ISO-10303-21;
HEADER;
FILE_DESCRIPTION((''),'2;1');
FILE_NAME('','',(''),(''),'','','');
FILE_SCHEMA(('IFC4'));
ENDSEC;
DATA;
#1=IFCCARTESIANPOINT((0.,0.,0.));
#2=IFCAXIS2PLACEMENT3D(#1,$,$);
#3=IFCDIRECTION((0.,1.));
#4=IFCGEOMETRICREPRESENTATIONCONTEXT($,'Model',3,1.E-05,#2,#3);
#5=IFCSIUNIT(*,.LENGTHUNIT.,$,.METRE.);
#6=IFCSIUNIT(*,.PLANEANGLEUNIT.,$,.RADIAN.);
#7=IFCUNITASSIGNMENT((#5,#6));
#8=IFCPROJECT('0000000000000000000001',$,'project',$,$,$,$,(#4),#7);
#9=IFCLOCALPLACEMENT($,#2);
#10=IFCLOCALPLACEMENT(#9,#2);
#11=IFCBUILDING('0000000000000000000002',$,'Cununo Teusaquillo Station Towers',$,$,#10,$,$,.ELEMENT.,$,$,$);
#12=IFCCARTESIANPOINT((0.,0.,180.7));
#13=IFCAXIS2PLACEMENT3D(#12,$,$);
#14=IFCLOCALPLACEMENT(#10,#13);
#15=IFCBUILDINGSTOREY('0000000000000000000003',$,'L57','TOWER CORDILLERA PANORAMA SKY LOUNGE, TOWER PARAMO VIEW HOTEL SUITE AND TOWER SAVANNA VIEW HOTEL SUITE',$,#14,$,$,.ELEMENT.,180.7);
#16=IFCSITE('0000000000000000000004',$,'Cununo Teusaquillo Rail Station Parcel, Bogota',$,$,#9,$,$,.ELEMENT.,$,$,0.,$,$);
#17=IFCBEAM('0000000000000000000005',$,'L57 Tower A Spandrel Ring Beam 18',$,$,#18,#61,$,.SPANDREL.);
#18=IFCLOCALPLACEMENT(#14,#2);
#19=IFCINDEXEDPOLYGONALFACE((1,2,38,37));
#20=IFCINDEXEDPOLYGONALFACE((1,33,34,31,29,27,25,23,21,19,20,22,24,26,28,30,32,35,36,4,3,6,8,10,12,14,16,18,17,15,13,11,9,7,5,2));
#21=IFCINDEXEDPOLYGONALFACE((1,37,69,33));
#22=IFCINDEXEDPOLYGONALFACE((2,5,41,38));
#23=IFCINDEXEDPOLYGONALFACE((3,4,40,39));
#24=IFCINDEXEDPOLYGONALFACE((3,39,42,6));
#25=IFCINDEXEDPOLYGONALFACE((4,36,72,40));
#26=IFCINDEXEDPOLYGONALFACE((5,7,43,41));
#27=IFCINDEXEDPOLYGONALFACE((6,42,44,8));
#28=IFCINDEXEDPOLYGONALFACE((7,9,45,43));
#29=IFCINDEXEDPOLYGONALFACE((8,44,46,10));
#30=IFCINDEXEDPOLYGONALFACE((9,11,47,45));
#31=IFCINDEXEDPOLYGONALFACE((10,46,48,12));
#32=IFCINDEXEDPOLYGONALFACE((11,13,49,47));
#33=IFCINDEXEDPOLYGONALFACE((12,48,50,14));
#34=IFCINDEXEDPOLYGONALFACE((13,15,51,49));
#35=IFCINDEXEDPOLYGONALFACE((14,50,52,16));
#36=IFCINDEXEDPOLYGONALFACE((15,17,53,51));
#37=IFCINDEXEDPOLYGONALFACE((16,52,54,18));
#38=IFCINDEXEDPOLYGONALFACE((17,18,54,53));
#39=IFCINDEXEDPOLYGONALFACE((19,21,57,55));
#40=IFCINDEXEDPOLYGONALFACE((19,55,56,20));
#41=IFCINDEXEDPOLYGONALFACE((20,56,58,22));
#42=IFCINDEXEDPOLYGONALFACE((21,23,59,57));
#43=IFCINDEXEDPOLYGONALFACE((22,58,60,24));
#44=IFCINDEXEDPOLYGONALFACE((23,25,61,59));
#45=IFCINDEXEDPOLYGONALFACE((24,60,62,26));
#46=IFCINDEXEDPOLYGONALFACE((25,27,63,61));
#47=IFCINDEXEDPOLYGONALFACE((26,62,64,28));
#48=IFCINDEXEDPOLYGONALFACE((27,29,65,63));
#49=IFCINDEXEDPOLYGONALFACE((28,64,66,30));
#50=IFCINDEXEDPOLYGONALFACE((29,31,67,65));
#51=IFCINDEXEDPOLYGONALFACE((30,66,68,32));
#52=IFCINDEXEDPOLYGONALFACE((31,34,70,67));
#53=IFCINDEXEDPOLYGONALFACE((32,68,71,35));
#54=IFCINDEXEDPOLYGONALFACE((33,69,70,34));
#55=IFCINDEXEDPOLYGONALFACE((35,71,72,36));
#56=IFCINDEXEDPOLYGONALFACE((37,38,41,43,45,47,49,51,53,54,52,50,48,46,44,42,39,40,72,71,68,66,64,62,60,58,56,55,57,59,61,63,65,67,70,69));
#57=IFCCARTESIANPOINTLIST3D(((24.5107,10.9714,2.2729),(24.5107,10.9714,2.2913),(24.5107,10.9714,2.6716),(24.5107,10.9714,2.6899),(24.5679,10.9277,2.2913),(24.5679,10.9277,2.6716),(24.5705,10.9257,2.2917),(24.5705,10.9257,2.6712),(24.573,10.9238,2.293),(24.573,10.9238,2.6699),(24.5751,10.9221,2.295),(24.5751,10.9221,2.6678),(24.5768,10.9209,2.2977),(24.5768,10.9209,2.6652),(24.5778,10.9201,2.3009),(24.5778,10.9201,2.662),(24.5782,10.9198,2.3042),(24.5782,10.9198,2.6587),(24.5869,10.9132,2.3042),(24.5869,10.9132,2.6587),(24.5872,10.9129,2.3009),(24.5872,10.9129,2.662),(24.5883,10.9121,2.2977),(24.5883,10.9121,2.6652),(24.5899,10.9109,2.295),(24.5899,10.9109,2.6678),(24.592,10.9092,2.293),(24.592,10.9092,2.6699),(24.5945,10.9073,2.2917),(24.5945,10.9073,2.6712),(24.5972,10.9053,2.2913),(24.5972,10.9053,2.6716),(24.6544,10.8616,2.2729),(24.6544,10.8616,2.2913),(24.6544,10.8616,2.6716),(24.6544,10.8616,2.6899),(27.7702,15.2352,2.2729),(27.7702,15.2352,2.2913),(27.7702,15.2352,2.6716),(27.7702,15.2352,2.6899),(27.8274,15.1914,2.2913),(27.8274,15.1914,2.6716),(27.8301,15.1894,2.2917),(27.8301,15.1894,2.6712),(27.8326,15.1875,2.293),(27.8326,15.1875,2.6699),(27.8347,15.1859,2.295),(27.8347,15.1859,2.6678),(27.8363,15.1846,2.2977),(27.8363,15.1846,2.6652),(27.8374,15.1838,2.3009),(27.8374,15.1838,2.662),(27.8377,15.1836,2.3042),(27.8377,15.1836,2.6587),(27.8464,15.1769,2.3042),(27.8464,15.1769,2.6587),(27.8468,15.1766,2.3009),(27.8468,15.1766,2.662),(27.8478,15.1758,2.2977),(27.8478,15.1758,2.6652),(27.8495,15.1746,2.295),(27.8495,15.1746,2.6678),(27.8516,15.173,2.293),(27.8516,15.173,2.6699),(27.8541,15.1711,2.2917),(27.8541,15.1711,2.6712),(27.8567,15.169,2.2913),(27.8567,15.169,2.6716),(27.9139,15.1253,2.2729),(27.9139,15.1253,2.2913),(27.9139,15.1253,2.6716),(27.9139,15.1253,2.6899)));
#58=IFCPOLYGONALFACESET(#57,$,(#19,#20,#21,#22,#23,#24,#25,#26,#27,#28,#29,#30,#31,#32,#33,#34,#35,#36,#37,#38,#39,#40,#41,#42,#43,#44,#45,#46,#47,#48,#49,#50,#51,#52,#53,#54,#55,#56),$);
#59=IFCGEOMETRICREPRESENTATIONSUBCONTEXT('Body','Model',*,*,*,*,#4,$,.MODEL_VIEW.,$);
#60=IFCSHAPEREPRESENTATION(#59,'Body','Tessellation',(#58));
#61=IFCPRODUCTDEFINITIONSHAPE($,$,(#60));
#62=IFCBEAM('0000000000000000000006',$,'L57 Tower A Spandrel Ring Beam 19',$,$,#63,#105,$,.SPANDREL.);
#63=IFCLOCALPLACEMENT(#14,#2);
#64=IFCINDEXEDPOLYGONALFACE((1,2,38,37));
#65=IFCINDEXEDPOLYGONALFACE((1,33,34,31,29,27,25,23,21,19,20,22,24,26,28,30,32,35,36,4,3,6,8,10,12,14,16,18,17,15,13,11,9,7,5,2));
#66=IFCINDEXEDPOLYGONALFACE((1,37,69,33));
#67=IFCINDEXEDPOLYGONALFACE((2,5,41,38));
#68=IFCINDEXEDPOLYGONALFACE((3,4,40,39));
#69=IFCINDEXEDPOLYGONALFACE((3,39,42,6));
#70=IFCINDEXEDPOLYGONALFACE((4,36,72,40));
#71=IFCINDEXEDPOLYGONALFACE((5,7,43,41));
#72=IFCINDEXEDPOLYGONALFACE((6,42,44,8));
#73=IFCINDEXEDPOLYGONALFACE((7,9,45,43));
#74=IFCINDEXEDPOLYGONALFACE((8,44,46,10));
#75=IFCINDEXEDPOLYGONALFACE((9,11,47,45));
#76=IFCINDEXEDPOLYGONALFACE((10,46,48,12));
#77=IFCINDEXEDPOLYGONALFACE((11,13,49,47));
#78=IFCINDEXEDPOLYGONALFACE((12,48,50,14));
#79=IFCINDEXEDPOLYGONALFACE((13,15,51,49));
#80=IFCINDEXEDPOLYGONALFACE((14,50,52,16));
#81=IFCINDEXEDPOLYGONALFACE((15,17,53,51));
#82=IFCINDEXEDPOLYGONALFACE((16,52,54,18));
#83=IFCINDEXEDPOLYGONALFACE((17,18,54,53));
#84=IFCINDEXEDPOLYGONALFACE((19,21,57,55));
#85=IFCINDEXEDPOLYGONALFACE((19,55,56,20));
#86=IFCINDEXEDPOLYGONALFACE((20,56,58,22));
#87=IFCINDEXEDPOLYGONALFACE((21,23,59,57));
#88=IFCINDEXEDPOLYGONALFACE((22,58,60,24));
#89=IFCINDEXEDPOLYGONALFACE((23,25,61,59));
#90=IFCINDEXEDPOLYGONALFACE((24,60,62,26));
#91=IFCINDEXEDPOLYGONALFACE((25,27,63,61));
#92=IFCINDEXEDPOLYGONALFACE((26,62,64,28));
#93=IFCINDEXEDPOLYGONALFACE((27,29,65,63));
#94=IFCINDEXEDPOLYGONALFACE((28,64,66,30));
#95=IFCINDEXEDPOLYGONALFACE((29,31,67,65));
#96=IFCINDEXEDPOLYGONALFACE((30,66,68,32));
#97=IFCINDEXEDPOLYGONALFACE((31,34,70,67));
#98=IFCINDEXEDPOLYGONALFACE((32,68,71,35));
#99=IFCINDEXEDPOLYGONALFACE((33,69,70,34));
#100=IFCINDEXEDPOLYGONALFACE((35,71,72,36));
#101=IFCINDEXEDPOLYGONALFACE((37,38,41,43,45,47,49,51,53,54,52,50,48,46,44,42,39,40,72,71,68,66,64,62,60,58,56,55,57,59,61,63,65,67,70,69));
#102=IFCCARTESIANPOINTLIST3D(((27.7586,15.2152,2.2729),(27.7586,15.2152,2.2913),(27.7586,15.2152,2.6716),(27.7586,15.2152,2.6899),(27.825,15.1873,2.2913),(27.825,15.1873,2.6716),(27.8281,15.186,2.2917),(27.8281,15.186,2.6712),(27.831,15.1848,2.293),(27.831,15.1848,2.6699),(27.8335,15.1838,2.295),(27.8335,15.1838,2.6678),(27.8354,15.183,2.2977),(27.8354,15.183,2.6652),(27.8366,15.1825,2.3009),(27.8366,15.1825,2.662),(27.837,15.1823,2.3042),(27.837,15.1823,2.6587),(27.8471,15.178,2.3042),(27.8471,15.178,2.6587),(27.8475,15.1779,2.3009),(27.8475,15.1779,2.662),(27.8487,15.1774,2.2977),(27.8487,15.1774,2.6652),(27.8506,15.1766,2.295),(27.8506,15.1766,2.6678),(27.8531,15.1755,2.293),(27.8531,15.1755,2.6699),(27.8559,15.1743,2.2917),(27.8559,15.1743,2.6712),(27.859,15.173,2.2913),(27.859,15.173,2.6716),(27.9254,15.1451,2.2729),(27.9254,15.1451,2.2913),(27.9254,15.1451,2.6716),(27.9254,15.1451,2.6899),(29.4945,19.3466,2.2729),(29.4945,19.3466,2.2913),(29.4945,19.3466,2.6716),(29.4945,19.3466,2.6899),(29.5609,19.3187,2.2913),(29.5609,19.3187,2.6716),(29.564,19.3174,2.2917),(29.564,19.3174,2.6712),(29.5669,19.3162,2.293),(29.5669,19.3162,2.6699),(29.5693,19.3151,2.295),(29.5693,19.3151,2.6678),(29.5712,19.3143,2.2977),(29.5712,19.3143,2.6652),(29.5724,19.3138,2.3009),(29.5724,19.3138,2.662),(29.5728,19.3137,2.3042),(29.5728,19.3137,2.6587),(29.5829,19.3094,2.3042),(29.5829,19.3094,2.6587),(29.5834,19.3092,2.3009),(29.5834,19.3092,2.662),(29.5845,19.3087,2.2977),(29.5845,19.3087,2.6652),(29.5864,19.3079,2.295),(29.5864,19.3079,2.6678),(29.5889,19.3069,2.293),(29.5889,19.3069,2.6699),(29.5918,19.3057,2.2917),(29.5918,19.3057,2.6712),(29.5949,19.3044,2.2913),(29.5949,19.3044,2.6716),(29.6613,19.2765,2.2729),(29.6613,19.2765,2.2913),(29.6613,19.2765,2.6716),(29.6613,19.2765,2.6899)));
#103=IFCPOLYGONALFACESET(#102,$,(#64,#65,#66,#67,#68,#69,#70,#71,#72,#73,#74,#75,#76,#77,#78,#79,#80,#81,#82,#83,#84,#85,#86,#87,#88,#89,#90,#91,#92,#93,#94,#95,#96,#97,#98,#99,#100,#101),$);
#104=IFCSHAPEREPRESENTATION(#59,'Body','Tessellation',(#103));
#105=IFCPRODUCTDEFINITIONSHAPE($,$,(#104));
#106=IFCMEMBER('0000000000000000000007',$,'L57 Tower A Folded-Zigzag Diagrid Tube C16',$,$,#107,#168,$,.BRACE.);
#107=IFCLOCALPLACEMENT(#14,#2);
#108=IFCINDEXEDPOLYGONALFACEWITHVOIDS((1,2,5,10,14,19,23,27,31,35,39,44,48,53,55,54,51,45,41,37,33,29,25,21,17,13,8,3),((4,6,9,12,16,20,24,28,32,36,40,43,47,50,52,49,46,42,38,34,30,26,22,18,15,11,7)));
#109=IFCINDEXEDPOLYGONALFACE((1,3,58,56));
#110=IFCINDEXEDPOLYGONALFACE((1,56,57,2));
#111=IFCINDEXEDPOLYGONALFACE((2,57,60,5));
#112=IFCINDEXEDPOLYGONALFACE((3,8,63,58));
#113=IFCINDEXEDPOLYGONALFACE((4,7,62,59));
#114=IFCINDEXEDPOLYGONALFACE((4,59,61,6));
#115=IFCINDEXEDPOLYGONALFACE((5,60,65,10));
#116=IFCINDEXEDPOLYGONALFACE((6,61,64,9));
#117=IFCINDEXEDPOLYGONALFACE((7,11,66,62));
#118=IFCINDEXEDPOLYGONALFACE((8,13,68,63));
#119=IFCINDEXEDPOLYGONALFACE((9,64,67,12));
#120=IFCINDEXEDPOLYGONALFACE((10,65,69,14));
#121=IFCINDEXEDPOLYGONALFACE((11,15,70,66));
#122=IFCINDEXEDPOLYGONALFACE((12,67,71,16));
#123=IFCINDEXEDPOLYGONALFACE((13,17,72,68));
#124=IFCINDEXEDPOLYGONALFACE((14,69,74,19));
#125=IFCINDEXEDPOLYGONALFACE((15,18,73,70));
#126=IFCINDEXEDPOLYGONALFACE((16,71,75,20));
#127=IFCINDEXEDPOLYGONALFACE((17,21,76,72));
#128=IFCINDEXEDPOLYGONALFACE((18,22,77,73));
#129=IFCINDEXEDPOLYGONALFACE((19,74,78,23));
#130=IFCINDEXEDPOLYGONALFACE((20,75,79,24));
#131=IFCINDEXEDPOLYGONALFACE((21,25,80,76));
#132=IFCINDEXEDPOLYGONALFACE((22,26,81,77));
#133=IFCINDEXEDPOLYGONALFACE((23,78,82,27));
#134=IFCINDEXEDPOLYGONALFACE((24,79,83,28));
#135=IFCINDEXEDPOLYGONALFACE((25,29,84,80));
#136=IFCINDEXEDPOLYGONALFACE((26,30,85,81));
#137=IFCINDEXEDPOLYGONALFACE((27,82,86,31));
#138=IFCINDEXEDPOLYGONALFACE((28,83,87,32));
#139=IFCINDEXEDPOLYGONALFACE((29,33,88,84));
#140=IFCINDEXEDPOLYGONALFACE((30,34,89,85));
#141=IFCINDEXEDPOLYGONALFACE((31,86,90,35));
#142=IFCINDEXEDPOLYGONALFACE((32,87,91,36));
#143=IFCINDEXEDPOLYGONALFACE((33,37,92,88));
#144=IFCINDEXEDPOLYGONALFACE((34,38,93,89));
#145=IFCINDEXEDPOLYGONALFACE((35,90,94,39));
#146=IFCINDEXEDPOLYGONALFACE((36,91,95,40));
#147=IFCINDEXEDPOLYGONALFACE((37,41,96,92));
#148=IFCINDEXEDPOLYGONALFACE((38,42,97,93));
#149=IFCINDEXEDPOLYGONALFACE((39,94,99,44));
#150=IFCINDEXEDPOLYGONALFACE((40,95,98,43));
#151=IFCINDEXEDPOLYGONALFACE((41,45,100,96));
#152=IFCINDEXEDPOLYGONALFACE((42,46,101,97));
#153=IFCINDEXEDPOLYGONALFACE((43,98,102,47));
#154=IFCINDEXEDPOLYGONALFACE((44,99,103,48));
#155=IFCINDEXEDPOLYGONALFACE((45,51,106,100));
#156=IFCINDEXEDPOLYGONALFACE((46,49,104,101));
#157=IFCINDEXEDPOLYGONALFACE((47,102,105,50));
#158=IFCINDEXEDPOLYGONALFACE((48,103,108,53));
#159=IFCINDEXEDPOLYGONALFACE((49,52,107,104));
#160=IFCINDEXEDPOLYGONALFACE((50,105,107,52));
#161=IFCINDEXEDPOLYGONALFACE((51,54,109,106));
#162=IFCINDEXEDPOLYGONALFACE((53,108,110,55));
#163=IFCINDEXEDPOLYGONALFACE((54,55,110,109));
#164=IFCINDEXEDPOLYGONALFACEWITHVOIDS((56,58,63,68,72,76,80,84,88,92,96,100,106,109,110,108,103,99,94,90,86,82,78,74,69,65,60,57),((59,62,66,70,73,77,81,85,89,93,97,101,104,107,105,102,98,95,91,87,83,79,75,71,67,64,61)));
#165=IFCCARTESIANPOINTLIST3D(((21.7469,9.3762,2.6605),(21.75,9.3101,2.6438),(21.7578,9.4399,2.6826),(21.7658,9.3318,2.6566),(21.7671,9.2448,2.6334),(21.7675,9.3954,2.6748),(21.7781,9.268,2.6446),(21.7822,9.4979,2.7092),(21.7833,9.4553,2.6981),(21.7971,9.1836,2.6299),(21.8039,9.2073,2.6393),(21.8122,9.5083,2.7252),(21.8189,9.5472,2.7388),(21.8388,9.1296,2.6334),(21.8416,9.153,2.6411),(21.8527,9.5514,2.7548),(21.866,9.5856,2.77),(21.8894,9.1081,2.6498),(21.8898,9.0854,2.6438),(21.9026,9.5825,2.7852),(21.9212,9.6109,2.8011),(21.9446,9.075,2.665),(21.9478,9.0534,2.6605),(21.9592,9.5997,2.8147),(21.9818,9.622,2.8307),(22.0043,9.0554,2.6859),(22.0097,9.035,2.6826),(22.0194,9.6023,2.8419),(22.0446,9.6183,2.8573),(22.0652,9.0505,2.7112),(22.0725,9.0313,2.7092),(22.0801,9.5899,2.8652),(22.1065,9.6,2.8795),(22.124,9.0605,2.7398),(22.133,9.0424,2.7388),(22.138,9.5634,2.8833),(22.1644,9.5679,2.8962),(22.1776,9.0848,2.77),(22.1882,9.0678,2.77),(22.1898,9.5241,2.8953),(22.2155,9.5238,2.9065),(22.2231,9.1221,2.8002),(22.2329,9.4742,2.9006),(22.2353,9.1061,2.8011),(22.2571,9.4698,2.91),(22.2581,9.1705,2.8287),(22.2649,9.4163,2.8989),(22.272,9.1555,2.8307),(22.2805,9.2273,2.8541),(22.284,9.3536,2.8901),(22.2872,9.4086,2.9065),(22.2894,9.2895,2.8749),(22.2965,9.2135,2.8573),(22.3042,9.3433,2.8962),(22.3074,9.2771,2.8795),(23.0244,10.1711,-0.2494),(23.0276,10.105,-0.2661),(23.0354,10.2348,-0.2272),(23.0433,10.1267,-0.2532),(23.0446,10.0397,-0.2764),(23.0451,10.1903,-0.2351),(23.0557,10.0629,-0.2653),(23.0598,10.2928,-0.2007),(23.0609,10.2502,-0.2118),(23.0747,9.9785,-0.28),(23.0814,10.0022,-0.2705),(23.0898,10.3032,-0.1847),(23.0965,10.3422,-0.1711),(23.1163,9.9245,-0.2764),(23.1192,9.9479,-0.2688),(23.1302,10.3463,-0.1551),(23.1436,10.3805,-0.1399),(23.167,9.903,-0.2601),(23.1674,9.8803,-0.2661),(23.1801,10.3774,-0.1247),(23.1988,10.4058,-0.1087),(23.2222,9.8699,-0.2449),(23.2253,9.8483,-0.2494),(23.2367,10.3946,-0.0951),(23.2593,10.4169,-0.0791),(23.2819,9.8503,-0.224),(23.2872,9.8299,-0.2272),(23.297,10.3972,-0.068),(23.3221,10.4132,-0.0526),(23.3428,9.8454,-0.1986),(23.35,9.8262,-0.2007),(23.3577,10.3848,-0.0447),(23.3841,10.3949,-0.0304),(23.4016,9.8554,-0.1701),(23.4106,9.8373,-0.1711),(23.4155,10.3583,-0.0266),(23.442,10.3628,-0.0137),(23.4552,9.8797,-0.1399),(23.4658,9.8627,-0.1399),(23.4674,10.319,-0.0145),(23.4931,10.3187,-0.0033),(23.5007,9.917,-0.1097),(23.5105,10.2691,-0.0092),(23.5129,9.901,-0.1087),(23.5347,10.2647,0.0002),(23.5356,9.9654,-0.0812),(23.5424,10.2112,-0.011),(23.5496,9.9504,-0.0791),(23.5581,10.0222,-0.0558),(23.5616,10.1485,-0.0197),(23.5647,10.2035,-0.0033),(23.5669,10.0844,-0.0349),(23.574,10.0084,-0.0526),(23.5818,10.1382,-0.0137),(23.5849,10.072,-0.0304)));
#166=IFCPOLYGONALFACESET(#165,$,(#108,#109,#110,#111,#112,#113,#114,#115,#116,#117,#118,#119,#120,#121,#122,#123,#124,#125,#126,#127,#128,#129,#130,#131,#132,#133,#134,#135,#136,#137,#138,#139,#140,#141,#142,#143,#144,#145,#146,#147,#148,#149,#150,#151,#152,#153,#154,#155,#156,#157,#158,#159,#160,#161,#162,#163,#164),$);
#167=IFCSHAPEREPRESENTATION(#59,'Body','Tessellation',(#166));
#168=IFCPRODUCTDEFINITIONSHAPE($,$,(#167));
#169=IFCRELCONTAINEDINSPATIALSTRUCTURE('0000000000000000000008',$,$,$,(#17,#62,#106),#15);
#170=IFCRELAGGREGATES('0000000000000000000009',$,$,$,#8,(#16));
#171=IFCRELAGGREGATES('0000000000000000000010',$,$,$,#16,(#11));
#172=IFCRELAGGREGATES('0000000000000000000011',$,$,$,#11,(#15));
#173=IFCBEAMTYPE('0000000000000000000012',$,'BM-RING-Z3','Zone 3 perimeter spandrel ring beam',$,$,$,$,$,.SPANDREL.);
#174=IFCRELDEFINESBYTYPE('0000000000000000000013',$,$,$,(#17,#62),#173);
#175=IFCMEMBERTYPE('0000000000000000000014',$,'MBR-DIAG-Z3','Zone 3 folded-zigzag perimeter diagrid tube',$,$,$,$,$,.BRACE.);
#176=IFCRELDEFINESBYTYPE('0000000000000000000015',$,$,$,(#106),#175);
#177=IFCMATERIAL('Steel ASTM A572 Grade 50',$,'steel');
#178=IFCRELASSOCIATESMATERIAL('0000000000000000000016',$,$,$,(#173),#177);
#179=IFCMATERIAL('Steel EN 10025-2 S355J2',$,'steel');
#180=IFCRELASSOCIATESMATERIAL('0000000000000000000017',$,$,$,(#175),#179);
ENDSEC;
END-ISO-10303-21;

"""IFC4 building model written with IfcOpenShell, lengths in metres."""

from ifc_helpers import new_model, si_unit, direction, frame, origin, origin_2d, place, context, subcontext, project, spatial, hollow_circle, i_section, extrude, material, material_profile, profile_set, type_object, element, save


model = new_model("IFC4")

# Units and contexts
model_context = context("Model", 3, precision=1e-05, world=origin(), true_north=direction((0.0, 1.0)))
body_context = subcontext(model_context, "Body", "Model", "MODEL_VIEW")
ifc_project = project(units=[si_unit("LENGTHUNIT", "METRE"), si_unit("PLANEANGLEUNIT", "RADIAN")], contexts=[model_context])

# Site, building, storey
site_placement = place(None, origin())
site = spatial("IfcSite", under=ifc_project, at=site_placement, Name="Cununo Teusaquillo Rail Station Parcel, Bogota", CompositionType="ELEMENT", RefElevation=0.0)
building_placement = place(site_placement, origin())
building = spatial("IfcBuilding", under=site, at=building_placement, Name="Cununo Teusaquillo Station Towers", CompositionType="ELEMENT")
storey_placement = place(building_placement, frame((0.0, 0.0, 180.7)))
storey = spatial("IfcBuildingStorey", under=building, at=storey_placement, Name="L57", Description="TOWER CORDILLERA PANORAMA SKY LOUNGE, TOWER PARAMO VIEW HOTEL SUITE AND TOWER SAVANNA VIEW HOTEL SUITE", CompositionType="ELEMENT", Elevation=180.7)

# Beams
ifc_material_1 = material(Name="Steel ASTM A572 Grade 50", Category="steel")
ifc_material_profile_1 = material_profile(ifc_material_1, i_section(OverallWidth=0.1809, OverallDepth=0.417, WebThickness=0.011, FlangeThickness=0.0183, FilletRadius=0.0129, at=origin_2d()), Name="W16X57")
ifc_profile_set_1 = profile_set([ifc_material_profile_1], Name="Steel ASTM A572 Grade 50")
beam_type_1 = type_object("IfcBeamType", Name="BM-RING-Z3", Description="Zone 3 perimeter spandrel ring beam", PredefinedType="SPANDREL", material=ifc_profile_set_1)
beam_1_placement = place(storey_placement, frame((24.5825, 10.9165, 2.4814), z_axis=(0.60734, 0.794442, 0.0), x_axis=(-0.794442, 0.60734, 0.0)))
element("IfcBeam", 1, at=beam_1_placement, inside=storey, type_object=beam_type_1, Name="L57 Tower A Spandrel Ring Beam 18", PredefinedType="SPANDREL", context=body_context, shape_type="SweptSolid", body=[
    extrude(i_section(OverallWidth=0.1809, OverallDepth=0.417, WebThickness=0.011, FlangeThickness=0.0183, FilletRadius=0.0129, at=origin_2d()), origin(), (0.0, 0.0, 1.0), 5.3669),
])
beam_2_placement = place(storey_placement, frame((27.842, 15.1802, 2.4814), z_axis=(0.38736, 0.921928, 0.0), x_axis=(-0.921928, 0.38736, 0.0)))
element("IfcBeam", 2, at=beam_2_placement, inside=storey, type_object=beam_type_1, Name="L57 Tower A Spandrel Ring Beam 19", PredefinedType="SPANDREL", context=body_context, shape_type="SweptSolid", body=[
    extrude(i_section(OverallWidth=0.1809, OverallDepth=0.417, WebThickness=0.011, FlangeThickness=0.0183, FilletRadius=0.0129, at=origin_2d()), origin(), (0.0, 0.0, 1.0), 4.4812),
])

# Member
ifc_material_2 = material(Name="Steel EN 10025-2 S355J2", Category="steel")
ifc_material_profile_2 = material_profile(ifc_material_2, hollow_circle(Radius=0.3049, WallThickness=0.02, at=origin_2d()), Name="CHS 610x20")
ifc_profile_set_2 = profile_set([ifc_material_profile_2], Name="Steel EN 10025-2 S355J2")
member_type = type_object("IfcMemberType", Name="MBR-DIAG-Z3", Description="Zone 3 folded-zigzag perimeter diagrid tube", PredefinedType="BRACE", material=ifc_profile_set_2)
member_1_placement = place(storey_placement, frame((23.3047, 10.1216, -0.1399), z_axis=(-0.389992, -0.242655, 0.88827), x_axis=(0.528291, -0.849063, 0.0)))
element("IfcMember", 3, at=member_1_placement, inside=storey, type_object=member_type, Name="L57 Tower A Folded-Zigzag Diagrid Tube C16", PredefinedType="BRACE", context=body_context, shape_type="SweptSolid", body=[
    extrude(hollow_circle(Radius=0.3049, WallThickness=0.02, at=origin_2d()), origin(), (0.0, 0.0, 1.0), 3.2759),
])

save(model, "model.ifc")
